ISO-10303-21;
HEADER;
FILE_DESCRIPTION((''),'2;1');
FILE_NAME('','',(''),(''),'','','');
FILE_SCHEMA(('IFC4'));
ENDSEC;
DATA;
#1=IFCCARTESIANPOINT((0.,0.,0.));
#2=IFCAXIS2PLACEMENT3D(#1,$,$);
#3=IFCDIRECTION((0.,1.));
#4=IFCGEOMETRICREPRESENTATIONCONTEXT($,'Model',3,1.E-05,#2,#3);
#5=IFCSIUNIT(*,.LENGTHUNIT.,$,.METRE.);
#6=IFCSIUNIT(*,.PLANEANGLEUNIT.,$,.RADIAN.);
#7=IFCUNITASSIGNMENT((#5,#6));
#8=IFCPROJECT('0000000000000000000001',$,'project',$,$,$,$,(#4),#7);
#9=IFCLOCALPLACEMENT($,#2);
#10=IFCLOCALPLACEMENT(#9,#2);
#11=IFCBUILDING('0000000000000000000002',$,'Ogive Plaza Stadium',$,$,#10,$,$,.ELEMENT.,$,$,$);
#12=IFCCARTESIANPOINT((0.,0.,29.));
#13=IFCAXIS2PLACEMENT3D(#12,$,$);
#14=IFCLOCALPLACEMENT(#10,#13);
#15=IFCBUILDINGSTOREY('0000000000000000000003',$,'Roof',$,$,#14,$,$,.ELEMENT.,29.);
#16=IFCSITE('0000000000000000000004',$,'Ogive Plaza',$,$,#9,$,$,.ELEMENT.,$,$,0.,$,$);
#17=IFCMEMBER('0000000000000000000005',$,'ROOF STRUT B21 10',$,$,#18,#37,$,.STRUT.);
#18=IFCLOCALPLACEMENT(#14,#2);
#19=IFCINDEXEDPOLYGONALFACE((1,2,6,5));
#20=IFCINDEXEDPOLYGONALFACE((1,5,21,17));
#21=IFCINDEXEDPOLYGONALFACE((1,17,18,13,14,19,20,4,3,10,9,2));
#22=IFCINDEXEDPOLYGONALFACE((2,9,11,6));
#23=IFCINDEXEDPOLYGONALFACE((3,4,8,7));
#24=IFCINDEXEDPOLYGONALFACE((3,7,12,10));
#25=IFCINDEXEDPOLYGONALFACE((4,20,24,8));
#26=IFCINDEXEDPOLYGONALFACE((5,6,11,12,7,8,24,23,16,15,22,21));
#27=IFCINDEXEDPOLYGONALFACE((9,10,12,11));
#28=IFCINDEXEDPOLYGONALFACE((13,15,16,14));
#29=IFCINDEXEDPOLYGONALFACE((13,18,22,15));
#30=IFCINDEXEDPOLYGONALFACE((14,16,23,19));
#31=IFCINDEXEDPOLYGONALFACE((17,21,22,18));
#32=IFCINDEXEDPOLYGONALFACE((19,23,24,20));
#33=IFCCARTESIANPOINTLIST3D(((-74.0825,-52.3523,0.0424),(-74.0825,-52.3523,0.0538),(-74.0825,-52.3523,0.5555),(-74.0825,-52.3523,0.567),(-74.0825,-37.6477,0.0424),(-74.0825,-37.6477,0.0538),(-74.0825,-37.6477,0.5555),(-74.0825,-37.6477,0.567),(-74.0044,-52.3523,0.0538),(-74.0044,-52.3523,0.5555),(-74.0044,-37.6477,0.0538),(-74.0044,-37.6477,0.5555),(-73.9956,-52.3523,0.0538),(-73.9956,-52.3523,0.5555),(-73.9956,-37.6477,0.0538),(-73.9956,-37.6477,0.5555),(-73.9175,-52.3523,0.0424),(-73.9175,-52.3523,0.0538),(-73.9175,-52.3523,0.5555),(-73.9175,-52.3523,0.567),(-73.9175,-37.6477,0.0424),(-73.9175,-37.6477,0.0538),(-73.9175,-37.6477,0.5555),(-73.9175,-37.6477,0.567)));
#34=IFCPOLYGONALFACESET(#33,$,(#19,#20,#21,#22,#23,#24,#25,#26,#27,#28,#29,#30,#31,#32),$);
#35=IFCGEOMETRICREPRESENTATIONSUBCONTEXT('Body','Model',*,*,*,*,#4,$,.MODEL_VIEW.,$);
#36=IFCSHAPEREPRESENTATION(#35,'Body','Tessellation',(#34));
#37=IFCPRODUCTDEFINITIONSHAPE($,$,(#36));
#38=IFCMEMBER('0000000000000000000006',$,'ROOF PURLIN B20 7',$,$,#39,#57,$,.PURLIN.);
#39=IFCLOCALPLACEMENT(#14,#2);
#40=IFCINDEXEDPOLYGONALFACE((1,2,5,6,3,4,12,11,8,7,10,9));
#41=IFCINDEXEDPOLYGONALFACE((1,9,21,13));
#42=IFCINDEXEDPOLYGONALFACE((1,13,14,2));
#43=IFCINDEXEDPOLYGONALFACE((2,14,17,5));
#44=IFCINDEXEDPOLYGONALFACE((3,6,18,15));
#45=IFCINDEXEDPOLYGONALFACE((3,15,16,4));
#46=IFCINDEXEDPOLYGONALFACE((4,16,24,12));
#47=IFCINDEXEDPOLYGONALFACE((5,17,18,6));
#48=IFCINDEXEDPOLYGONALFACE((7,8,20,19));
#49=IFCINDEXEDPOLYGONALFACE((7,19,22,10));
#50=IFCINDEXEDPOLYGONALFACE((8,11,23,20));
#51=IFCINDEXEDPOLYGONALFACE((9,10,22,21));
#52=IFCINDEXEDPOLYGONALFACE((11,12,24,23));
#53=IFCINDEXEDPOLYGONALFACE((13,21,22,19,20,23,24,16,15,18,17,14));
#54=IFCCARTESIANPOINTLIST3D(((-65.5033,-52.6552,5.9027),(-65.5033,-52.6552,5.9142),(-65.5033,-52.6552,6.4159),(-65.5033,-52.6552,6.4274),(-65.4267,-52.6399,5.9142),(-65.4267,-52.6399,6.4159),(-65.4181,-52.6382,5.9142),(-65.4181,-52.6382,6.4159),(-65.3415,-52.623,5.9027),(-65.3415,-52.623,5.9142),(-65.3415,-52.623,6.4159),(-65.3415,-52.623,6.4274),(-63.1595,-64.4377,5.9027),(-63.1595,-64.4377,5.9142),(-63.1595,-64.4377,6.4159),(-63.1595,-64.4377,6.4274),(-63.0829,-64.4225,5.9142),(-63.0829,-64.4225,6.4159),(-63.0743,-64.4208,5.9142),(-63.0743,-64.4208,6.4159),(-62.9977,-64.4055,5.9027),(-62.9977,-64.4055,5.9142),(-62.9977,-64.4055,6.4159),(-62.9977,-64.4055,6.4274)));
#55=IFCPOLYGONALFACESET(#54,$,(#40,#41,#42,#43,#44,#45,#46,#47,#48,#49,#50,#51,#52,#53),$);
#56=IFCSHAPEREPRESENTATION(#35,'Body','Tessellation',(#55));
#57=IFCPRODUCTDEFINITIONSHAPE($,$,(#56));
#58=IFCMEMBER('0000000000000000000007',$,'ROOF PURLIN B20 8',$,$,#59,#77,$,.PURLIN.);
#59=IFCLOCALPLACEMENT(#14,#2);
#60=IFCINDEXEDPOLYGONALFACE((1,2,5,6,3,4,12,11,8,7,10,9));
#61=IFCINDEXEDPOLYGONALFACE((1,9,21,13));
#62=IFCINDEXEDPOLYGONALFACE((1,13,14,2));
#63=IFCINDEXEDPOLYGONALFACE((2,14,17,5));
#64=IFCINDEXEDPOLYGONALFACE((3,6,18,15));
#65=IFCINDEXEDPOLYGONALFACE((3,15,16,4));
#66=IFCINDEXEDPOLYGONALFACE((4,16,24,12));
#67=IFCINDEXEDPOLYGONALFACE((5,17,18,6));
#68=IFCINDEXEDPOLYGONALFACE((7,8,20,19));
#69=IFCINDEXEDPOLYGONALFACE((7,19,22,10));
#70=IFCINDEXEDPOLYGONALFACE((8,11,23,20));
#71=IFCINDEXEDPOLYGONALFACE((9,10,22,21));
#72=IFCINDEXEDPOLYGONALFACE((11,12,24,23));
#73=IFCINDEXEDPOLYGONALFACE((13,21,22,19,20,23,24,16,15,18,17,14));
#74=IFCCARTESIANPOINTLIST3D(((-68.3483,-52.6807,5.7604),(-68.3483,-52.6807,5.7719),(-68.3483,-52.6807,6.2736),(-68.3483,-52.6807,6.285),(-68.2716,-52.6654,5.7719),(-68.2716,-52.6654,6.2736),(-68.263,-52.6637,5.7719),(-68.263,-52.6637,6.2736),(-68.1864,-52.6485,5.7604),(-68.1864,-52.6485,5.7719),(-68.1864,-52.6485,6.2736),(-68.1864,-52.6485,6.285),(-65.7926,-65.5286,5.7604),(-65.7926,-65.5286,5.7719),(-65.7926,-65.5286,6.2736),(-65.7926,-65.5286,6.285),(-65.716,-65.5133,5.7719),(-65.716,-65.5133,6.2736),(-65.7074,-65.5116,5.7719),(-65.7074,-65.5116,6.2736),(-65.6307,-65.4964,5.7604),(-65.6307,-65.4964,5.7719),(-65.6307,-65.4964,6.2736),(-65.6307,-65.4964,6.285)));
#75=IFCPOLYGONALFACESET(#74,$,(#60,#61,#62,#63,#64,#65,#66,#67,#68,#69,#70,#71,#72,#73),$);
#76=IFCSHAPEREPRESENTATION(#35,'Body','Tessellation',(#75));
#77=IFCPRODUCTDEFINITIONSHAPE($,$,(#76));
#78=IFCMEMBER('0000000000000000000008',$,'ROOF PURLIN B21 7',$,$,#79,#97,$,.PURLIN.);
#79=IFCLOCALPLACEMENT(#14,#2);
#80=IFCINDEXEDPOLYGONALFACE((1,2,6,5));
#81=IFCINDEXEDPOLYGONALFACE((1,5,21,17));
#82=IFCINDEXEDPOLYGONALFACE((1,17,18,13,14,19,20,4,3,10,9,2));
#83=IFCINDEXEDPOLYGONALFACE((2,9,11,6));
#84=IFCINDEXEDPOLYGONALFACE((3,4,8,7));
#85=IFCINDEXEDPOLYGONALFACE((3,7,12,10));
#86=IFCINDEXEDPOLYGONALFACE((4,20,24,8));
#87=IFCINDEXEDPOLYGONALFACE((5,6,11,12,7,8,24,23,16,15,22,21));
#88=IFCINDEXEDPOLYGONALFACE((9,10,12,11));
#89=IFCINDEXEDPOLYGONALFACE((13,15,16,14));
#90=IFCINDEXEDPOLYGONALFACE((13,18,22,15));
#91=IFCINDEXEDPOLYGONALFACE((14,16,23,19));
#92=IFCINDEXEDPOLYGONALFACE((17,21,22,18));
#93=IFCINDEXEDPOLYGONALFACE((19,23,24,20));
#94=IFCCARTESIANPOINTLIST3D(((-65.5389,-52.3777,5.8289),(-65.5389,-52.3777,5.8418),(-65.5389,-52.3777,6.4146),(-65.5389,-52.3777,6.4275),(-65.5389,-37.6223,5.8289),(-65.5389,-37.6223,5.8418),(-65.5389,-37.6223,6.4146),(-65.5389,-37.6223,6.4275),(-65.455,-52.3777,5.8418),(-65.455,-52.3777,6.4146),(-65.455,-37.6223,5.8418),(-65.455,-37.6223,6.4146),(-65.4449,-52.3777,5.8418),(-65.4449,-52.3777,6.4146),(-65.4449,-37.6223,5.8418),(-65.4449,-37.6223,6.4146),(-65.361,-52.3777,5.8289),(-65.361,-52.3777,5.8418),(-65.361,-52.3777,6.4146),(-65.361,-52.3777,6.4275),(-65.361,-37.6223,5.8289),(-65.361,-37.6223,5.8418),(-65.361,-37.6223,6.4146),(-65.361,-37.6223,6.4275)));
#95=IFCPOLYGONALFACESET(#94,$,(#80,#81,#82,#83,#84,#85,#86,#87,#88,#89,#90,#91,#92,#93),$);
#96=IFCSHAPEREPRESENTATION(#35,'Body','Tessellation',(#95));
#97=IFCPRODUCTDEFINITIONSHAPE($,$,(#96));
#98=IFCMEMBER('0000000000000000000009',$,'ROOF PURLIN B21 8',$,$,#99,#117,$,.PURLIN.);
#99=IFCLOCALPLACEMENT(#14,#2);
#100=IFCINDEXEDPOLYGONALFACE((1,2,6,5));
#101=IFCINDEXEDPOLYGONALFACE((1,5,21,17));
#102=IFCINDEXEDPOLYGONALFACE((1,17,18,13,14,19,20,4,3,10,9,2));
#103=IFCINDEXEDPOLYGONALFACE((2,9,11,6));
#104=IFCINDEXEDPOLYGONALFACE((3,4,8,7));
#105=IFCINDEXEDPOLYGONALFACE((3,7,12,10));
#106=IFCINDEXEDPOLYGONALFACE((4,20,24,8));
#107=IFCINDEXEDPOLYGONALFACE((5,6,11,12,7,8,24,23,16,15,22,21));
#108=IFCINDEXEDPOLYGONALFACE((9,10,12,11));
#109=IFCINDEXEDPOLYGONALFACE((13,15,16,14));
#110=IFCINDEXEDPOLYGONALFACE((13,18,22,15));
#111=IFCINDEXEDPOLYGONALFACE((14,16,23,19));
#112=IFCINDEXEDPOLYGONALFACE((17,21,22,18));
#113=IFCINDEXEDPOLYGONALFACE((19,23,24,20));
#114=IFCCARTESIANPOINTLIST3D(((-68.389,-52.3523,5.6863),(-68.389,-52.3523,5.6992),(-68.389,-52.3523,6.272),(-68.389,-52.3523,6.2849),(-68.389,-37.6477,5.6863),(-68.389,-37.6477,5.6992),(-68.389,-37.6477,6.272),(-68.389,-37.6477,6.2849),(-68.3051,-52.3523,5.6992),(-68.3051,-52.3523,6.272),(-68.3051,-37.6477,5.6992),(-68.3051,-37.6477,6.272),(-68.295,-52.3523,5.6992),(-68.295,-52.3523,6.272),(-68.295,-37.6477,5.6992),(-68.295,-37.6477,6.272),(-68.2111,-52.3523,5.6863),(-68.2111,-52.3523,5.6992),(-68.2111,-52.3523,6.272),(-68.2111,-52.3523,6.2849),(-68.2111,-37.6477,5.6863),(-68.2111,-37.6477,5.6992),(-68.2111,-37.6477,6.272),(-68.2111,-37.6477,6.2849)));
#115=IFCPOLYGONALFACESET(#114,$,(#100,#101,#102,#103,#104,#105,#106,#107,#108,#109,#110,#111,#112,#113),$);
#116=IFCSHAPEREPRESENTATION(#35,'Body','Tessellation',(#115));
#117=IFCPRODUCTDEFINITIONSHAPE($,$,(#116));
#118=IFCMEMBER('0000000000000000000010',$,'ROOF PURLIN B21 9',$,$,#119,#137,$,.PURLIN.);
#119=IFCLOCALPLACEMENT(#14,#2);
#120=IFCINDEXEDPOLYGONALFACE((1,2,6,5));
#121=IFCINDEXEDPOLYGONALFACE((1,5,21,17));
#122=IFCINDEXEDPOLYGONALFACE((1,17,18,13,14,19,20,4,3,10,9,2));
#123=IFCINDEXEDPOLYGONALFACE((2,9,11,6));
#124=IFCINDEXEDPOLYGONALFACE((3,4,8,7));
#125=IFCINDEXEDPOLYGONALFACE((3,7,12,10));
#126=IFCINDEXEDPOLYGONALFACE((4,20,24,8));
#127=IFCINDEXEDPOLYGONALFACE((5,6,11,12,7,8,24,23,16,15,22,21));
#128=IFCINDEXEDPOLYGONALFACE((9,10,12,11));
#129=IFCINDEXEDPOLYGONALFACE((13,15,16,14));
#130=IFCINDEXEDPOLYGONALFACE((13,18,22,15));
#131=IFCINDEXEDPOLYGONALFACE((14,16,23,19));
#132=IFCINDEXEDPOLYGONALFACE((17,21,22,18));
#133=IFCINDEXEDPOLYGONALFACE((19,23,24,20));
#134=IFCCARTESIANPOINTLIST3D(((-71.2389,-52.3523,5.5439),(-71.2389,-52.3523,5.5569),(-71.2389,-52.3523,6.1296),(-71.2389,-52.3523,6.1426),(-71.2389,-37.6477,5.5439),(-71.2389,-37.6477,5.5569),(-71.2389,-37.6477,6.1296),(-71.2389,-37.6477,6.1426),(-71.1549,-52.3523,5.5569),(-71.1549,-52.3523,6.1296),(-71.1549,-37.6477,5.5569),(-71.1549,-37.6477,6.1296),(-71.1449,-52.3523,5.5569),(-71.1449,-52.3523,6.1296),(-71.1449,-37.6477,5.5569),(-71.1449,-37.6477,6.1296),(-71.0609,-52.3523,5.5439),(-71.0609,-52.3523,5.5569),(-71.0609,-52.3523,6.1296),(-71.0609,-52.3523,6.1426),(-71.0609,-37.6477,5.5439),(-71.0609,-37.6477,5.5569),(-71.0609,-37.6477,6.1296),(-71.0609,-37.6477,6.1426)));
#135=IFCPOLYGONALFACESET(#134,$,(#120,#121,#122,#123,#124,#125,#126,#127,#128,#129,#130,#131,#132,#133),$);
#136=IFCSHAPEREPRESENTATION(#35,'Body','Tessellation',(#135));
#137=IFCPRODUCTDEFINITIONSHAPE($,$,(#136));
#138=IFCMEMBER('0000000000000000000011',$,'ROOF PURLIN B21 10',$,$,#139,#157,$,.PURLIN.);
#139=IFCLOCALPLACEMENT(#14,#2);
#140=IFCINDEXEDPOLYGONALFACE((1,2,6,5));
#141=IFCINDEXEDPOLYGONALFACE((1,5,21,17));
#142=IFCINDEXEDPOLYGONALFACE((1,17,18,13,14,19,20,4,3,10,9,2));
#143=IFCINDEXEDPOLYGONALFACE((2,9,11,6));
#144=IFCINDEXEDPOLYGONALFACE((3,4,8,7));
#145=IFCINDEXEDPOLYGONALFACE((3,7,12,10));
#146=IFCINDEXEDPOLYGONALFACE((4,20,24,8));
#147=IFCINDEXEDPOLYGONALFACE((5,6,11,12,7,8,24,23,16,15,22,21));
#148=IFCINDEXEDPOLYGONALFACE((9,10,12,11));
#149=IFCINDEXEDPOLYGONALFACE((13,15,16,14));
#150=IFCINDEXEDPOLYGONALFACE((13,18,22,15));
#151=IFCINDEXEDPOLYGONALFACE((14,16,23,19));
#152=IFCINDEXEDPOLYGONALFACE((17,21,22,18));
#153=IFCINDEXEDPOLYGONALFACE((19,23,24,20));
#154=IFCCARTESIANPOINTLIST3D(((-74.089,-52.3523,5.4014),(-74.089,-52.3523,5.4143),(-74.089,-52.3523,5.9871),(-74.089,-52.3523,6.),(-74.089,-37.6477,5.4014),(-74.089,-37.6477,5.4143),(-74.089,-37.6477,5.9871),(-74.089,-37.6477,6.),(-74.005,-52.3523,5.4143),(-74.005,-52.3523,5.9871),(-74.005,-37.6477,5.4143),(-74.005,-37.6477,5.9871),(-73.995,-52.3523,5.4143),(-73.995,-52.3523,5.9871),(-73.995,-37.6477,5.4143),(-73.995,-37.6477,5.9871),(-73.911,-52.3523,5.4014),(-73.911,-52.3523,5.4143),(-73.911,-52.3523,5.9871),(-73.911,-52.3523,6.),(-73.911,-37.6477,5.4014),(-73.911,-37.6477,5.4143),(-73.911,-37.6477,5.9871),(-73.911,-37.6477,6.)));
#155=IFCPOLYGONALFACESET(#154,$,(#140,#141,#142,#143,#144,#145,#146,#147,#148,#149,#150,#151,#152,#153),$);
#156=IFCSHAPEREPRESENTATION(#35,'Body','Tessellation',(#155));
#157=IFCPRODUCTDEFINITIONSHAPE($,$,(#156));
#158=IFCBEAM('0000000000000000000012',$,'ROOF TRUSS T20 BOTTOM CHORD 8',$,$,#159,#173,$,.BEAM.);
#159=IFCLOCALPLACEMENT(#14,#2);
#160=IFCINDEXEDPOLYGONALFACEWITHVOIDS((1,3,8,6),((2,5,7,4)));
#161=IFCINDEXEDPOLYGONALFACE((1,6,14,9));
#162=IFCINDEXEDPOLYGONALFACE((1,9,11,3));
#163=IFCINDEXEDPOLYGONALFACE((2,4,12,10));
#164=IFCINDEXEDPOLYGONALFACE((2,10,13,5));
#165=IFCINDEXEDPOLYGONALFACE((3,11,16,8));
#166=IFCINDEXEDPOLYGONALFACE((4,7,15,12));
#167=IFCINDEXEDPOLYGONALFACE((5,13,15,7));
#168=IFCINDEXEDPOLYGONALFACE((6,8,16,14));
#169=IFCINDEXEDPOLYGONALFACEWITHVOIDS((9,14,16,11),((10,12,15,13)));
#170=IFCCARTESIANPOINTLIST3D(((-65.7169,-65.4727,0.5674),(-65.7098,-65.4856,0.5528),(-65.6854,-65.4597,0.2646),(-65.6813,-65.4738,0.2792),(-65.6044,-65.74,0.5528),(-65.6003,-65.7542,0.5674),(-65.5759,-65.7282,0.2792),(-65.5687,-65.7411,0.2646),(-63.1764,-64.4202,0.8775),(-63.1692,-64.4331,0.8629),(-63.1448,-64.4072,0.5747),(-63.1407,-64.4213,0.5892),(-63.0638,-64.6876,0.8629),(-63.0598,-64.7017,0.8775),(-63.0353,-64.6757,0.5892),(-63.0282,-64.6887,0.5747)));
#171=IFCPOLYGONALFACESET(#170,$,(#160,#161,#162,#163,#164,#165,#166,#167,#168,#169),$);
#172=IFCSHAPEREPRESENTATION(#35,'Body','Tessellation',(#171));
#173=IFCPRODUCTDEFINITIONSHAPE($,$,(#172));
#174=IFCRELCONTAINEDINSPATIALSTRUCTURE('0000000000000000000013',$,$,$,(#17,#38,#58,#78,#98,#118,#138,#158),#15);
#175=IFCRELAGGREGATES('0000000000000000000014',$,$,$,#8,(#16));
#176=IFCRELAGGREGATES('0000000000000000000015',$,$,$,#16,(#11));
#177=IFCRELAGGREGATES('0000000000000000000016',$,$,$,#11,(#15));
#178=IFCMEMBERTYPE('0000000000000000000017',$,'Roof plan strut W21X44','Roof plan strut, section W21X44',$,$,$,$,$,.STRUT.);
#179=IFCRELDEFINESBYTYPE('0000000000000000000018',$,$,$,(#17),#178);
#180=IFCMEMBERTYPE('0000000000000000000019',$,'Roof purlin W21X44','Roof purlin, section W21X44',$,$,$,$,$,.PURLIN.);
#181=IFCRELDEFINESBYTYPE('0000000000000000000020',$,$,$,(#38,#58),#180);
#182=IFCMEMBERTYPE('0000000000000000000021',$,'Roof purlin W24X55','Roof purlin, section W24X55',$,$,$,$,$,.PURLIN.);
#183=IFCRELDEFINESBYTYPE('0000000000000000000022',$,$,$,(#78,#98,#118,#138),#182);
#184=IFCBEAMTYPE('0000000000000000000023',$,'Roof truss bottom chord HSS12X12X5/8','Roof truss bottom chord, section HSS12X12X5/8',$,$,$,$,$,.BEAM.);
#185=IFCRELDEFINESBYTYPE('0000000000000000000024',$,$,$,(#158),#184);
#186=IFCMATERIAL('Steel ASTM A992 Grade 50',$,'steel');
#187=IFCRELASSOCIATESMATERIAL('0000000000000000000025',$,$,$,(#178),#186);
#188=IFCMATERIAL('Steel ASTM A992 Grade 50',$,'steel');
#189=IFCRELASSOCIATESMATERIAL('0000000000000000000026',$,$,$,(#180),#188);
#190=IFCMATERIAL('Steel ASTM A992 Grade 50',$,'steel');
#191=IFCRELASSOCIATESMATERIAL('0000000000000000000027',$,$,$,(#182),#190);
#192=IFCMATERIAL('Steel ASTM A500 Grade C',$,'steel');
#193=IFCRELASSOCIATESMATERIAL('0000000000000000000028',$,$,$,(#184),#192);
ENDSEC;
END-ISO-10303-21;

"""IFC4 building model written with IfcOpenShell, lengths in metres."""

from ifc_helpers import new_model, si_unit, direction, frame, origin, origin_2d, place, context, subcontext, project, spatial, hollow_rectangle, i_section, extrude, material, material_profile, profile_set, type_object, element, save


model = new_model("IFC4")

# Units and contexts
model_context = context("Model", 3, precision=1e-05, world=origin(), true_north=direction((0.0, 1.0)))
body_context = subcontext(model_context, "Body", "Model", "MODEL_VIEW")
ifc_project = project(units=[si_unit("LENGTHUNIT", "METRE"), si_unit("PLANEANGLEUNIT", "RADIAN")], contexts=[model_context])

# Site, building, storey
site_placement = place(None, origin())
site = spatial("IfcSite", under=ifc_project, at=site_placement, Name="Ogive Plaza", CompositionType="ELEMENT", RefElevation=0.0)
building_placement = place(site_placement, origin())
building = spatial("IfcBuilding", under=site, at=building_placement, Name="Ogive Plaza Stadium", CompositionType="ELEMENT")
storey_placement = place(building_placement, frame((0.0, 0.0, 29.0)))
storey = spatial("IfcBuildingStorey", under=building, at=storey_placement, Name="Roof", CompositionType="ELEMENT", Elevation=29.0)

# Members
ifc_material_1 = material(Name="Steel ASTM A992 Grade 50", Category="steel")
ifc_material_profile_1 = material_profile(ifc_material_1, i_section(OverallWidth=0.165, OverallDepth=0.5247, WebThickness=0.0088, FlangeThickness=0.0115, at=origin_2d()), Name="W21X44")
ifc_profile_set_1 = profile_set([ifc_material_profile_1], Name="Steel ASTM A992 Grade 50")
member_type_1 = type_object("IfcMemberType", Name="Roof plan strut W21X44", Description="Roof plan strut, section W21X44", PredefinedType="STRUT", material=ifc_profile_set_1)
for number, where, z_axis, x_axis, name in (
    (1, (-74.0, -52.3523, 0.3047), (0.0, 1.0, 0.0), (-1.0, 0.0, 0.0), "ROOF STRUT B21 10"),
):
    element("IfcMember", number, at=place(storey_placement, frame(where, z_axis=z_axis, x_axis=x_axis)), inside=storey, type_object=member_type_1, Name=name, PredefinedType="STRUT", context=body_context, shape_type="SweptSolid", body=[
        extrude(i_section(OverallWidth=0.165, OverallDepth=0.5247, WebThickness=0.0088, FlangeThickness=0.0115, at=origin_2d()), origin(), (0.0, 0.0, 1.0), 14.7046),
    ])
ifc_material_2 = material(Name="Steel ASTM A992 Grade 50", Category="steel")
ifc_material_profile_2 = material_profile(ifc_material_2, i_section(OverallWidth=0.165, OverallDepth=0.5247, WebThickness=0.0088, FlangeThickness=0.0115, at=origin_2d()), Name="W21X44")
ifc_profile_set_2 = profile_set([ifc_material_profile_2], Name="Steel ASTM A992 Grade 50")
member_type_2 = type_object("IfcMemberType", Name="Roof purlin W21X44", Description="Roof purlin, section W21X44", PredefinedType="PURLIN", material=ifc_profile_set_2)
member_1_placement = place(storey_placement, frame((-63.0786, -64.4216, 6.165), z_axis=(-0.195096, 0.980784, 0.0), x_axis=(-0.980784, -0.195096, 0.0)))
element("IfcMember", 2, at=member_1_placement, inside=storey, type_object=member_type_2, Name="ROOF PURLIN B20 7", PredefinedType="PURLIN", context=body_context, shape_type="SweptSolid", body=[
    extrude(i_section(OverallWidth=0.165, OverallDepth=0.5247, WebThickness=0.0088, FlangeThickness=0.0115, at=origin_2d()), origin(), (0.0, 0.0, 1.0), 12.0134),
])
member_2_placement = place(storey_placement, frame((-65.7117, -65.5125, 6.0227), z_axis=(-0.195095, 0.980784, 0.0), x_axis=(-0.980784, -0.195095, 0.0)))
element("IfcMember", 3, at=member_2_placement, inside=storey, type_object=member_type_2, Name="ROOF PURLIN B20 8", PredefinedType="PURLIN", context=body_context, shape_type="SweptSolid", body=[
    extrude(i_section(OverallWidth=0.165, OverallDepth=0.5247, WebThickness=0.0088, FlangeThickness=0.0115, at=origin_2d()), origin(), (0.0, 0.0, 1.0), 13.0996),
])
ifc_material_3 = material(Name="Steel ASTM A992 Grade 50", Category="steel")
ifc_material_profile_3 = material_profile(ifc_material_3, i_section(OverallWidth=0.178, OverallDepth=0.5986, WebThickness=0.01, FlangeThickness=0.0129, at=origin_2d()), Name="W24X55")
ifc_profile_set_3 = profile_set([ifc_material_profile_3], Name="Steel ASTM A992 Grade 50")
member_type_3 = type_object("IfcMemberType", Name="Roof purlin W24X55", Description="Roof purlin, section W24X55", PredefinedType="PURLIN", material=ifc_profile_set_3)
member_3_placement = place(storey_placement, frame((-65.45, -52.3777, 6.1282), z_axis=(0.0, 1.0, 0.0), x_axis=(-1.0, 0.0, 0.0)))
element("IfcMember", 4, at=member_3_placement, inside=storey, type_object=member_type_3, Name="ROOF PURLIN B21 7", PredefinedType="PURLIN", context=body_context, shape_type="SweptSolid", body=[
    extrude(i_section(OverallWidth=0.178, OverallDepth=0.5986, WebThickness=0.01, FlangeThickness=0.0129, at=origin_2d()), origin(), (0.0, 0.0, 1.0), 14.7554),
])
for number, where, z_axis, x_axis, name in (
    (5, (-68.3, -52.3523, 5.9856), (0.0, 1.0, 0.0), (-1.0, 0.0, 0.0), "ROOF PURLIN B21 8"),
    (6, (-71.1499, -52.3523, 5.8433), (0.0, 1.0, 0.0), (-1.0, 0.0, 0.0), "ROOF PURLIN B21 9"),
    (7, (-74.0, -52.3523, 5.7007), (0.0, 1.0, 0.0), (-1.0, 0.0, 0.0), "ROOF PURLIN B21 10"),
):
    element("IfcMember", number, at=place(storey_placement, frame(where, z_axis=z_axis, x_axis=x_axis)), inside=storey, type_object=member_type_3, Name=name, PredefinedType="PURLIN", context=body_context, shape_type="SweptSolid", body=[
        extrude(i_section(OverallWidth=0.178, OverallDepth=0.5986, WebThickness=0.01, FlangeThickness=0.0129, at=origin_2d()), origin(), (0.0, 0.0, 1.0), 14.7046),
    ])

# Beam
ifc_material_4 = material(Name="Steel ASTM A500 Grade C", Category="steel")
ifc_material_profile_4 = material_profile(ifc_material_4, hollow_rectangle(XDim=0.3047, YDim=0.3047, WallThickness=0.0146, at=origin_2d()), Name="HSS12X12X5/8")
ifc_profile_set_4 = profile_set([ifc_material_profile_4], Name="Steel ASTM A500 Grade C")
beam_type_1 = type_object("IfcBeamType", Name="Roof truss bottom chord HSS12X12X5/8", Description="Roof truss bottom chord, section HSS12X12X5/8", PredefinedType="BEAM", material=ifc_profile_set_4)
beam_1_placement = place(storey_placement, frame((-63.1023, -64.5544, 0.7261), z_axis=(-0.918041, -0.380326, -0.112042), x_axis=(0.382736, -0.923858, 0.0)))
element("IfcBeam", 8, at=beam_1_placement, inside=storey, type_object=beam_type_1, Name="ROOF TRUSS T20 BOTTOM CHORD 8", PredefinedType="BEAM", context=body_context, shape_type="SweptSolid", body=[
    extrude(hollow_rectangle(XDim=0.3047, YDim=0.3047, WallThickness=0.0146, at=origin_2d()), origin(), (0.0, 0.0, 1.0), 2.7673),
])

save(model, "model.ifc")
